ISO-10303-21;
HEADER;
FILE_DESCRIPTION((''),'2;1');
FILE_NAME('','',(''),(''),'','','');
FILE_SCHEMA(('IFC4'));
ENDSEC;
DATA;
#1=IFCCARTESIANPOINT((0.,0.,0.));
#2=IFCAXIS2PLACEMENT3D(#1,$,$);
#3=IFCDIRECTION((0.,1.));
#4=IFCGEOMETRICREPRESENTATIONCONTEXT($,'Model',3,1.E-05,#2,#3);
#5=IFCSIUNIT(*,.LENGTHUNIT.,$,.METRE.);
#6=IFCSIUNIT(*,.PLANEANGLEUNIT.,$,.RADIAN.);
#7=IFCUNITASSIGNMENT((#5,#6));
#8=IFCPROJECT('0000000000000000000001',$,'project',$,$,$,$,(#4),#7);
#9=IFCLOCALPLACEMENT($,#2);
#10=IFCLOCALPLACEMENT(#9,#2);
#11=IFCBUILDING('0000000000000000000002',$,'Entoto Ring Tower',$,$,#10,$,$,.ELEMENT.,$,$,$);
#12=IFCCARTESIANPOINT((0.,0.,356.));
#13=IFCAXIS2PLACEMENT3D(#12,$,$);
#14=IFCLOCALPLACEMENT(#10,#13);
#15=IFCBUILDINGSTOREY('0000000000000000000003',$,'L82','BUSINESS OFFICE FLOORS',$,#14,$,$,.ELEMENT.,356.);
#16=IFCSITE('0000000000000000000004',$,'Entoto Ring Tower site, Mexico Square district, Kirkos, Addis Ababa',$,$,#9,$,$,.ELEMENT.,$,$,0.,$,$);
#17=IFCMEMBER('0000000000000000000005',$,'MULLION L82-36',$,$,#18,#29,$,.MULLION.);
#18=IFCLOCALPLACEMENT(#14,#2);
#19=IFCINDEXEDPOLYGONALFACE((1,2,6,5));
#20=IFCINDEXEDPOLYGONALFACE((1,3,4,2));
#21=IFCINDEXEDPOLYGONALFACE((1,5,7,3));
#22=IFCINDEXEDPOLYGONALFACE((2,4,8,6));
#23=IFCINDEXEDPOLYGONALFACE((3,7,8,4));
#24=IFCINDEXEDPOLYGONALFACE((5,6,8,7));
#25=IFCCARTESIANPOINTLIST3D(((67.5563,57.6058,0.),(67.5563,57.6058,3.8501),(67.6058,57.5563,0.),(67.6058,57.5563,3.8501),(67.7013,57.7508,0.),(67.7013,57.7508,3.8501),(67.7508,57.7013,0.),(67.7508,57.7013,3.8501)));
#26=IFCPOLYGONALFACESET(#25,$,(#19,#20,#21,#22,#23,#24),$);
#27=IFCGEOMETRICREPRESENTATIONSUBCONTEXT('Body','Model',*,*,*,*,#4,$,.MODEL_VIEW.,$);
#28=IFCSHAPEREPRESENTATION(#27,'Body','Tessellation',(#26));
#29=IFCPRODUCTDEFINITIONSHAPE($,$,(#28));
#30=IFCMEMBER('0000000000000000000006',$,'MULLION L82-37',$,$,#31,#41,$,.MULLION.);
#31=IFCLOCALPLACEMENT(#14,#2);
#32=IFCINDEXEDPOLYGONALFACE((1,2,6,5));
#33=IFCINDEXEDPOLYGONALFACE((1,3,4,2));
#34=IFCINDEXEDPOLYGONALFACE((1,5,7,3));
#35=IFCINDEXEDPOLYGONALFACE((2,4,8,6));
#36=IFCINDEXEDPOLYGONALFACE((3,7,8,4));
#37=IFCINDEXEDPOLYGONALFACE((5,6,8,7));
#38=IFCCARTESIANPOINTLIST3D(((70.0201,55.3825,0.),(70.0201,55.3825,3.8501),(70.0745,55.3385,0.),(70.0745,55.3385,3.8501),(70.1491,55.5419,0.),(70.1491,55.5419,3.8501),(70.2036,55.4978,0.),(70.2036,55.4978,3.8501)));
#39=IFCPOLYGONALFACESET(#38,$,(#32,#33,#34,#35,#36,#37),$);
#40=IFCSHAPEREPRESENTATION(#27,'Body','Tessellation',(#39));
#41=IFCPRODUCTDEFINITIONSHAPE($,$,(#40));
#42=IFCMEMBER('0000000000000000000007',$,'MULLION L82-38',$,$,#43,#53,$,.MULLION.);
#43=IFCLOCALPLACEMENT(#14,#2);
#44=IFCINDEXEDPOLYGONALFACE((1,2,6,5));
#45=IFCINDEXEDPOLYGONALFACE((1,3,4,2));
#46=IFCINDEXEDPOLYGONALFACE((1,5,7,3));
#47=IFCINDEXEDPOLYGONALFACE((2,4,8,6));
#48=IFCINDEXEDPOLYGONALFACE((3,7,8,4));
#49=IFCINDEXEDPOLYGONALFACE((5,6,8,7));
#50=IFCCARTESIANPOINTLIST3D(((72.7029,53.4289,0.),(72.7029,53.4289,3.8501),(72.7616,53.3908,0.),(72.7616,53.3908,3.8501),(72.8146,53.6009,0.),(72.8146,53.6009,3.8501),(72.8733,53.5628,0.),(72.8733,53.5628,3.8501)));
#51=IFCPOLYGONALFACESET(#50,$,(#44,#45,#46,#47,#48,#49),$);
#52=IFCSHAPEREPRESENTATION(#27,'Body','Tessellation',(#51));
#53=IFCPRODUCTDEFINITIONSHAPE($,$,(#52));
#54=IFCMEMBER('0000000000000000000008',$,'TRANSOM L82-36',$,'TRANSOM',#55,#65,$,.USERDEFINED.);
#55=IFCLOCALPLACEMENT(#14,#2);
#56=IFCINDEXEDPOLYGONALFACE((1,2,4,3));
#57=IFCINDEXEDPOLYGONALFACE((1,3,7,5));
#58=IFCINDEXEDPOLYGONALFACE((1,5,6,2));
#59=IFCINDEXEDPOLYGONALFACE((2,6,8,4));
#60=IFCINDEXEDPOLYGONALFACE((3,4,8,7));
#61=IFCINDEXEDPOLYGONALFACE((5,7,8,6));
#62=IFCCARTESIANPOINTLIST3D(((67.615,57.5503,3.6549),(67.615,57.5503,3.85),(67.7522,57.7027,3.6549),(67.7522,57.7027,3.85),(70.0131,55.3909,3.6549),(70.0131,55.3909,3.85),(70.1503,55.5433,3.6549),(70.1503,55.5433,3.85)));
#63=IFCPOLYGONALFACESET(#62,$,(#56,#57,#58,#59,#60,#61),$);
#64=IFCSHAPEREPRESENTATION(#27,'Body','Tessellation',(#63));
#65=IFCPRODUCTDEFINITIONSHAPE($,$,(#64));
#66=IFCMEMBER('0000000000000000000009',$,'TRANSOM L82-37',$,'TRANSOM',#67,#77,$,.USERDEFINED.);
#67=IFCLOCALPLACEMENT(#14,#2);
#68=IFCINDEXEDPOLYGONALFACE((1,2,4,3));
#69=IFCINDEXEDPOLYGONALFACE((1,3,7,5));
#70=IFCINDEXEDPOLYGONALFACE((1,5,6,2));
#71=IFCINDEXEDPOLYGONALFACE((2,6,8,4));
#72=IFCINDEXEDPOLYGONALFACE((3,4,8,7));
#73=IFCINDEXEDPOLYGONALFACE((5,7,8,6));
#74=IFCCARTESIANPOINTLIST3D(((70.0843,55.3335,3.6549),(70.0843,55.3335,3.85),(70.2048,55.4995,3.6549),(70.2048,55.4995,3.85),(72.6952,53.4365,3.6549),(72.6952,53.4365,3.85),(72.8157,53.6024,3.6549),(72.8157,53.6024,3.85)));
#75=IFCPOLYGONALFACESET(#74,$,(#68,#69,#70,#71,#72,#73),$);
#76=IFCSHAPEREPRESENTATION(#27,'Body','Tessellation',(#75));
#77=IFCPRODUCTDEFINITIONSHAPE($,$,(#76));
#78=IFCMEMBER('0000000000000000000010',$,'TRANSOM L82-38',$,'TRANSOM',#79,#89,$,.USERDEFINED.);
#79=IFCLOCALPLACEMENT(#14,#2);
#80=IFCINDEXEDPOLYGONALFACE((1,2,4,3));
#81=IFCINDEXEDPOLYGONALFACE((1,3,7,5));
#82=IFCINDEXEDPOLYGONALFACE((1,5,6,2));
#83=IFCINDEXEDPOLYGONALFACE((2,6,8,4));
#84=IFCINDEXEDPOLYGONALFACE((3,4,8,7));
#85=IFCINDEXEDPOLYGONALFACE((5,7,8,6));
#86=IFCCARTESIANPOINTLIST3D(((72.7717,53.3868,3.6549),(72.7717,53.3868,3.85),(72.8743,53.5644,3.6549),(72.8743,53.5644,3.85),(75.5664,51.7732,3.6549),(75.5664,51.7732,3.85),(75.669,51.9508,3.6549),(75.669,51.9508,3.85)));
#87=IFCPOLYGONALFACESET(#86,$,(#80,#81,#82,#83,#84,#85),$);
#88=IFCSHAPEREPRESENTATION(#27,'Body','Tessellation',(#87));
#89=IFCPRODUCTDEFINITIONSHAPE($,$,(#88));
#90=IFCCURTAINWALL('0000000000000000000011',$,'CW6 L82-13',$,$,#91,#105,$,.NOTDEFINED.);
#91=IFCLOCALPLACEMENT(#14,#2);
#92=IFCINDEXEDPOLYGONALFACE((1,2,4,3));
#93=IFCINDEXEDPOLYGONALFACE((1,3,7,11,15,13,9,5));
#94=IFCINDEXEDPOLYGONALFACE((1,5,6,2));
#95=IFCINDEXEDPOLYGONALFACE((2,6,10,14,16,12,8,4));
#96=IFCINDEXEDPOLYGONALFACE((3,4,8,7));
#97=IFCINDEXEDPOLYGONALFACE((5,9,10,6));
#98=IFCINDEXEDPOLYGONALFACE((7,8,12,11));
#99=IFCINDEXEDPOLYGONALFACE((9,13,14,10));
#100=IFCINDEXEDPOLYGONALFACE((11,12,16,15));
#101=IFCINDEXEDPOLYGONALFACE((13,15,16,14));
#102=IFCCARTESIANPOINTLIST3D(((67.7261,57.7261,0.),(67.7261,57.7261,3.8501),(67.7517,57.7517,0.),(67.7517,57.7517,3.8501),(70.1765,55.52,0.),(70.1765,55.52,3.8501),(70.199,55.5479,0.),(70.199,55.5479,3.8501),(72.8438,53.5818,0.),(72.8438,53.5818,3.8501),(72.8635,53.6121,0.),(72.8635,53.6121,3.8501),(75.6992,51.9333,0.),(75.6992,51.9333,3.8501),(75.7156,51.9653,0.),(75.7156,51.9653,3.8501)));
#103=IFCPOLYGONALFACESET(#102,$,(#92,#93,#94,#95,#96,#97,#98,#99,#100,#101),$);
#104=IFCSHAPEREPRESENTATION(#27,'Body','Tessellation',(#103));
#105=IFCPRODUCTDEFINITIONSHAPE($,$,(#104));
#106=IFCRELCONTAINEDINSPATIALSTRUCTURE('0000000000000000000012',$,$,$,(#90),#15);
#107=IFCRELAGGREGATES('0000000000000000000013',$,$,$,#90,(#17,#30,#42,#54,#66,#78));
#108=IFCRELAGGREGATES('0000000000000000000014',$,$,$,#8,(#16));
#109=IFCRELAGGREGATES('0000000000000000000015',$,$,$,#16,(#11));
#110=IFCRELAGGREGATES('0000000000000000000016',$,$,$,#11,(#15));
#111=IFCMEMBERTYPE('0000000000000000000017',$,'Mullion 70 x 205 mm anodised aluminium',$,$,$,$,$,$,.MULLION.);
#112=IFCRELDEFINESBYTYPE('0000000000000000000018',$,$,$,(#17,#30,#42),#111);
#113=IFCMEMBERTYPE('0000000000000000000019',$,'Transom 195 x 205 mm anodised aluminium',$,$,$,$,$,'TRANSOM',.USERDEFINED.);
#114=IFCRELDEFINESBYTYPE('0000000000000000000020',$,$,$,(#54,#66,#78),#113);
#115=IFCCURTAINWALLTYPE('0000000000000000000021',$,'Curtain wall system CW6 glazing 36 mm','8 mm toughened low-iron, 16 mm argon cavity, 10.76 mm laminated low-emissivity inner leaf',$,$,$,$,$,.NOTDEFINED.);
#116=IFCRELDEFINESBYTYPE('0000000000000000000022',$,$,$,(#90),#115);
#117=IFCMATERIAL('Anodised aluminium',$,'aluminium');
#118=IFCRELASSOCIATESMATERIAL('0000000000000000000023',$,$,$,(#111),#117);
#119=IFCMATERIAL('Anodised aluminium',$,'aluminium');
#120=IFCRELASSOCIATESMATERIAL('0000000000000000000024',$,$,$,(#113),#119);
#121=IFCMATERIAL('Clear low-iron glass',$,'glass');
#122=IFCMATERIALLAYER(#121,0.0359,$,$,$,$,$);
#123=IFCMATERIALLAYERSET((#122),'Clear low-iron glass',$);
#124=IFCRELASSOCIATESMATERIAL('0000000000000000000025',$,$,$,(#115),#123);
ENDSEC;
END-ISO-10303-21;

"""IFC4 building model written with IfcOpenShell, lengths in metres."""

from ifc_helpers import new_model, si_unit, direction, frame, origin, origin_2d, place, context, subcontext, project, spatial, polyline, rectangle, outline, extrude, material, layer, layer_set, material_profile, profile_set, type_object, element, aggregate, save


model = new_model("IFC4")

# Units and contexts
model_context = context("Model", 3, precision=1e-05, world=origin(), true_north=direction((0.0, 1.0)))
body_context = subcontext(model_context, "Body", "Model", "MODEL_VIEW")
ifc_project = project(units=[si_unit("LENGTHUNIT", "METRE"), si_unit("PLANEANGLEUNIT", "RADIAN")], contexts=[model_context])

# Members
ifc_material_1 = material(Name="Anodised aluminium", Category="aluminium")
ifc_material_profile_1 = material_profile(ifc_material_1, rectangle(XDim=0.0701, YDim=0.2051, at=origin_2d()), Name="Mullion 70 x 205 mm anodised aluminium")
ifc_profile_set_1 = profile_set([ifc_material_profile_1], Name="Anodised aluminium")
member_type_1 = type_object("IfcMemberType", Name="Mullion 70 x 205 mm anodised aluminium", PredefinedType="MULLION", material=ifc_profile_set_1)
site_placement = place(None, origin())
building_placement = place(site_placement, origin())
storey_placement = place(building_placement, frame((0.0, 0.0, 356.0)))
member_1_placement = place(storey_placement, frame((67.6536, 57.6536, 0.0), z_axis=(0.0, 0.0, 1.0), x_axis=(0.707107, -0.707107, 0.0)))
member_1 = element("IfcMember", 1, at=member_1_placement, type_object=member_type_1, Name="MULLION L82-36", PredefinedType="MULLION", context=body_context, shape_type="SweptSolid", body=[
    extrude(rectangle(XDim=0.0701, YDim=0.2051, at=origin_2d()), origin(), (0.0, 0.0, 1.0), 3.8501),
])
member_2_placement = place(storey_placement, frame((70.1118, 55.4402, 0.0), z_axis=(0.0, 0.0, 1.0), x_axis=(0.777146, -0.62932, 0.0)))
member_2 = element("IfcMember", 2, at=member_2_placement, type_object=member_type_1, Name="MULLION L82-37", PredefinedType="MULLION", context=body_context, shape_type="SweptSolid", body=[
    extrude(rectangle(XDim=0.0701, YDim=0.2051, at=origin_2d()), origin(), (0.0, 0.0, 1.0), 3.8501),
])
member_3_placement = place(storey_placement, frame((72.7881, 53.4958, 0.0), z_axis=(0.0, 0.0, 1.0), x_axis=(0.838671, -0.544639, 0.0)))
member_3 = element("IfcMember", 3, at=member_3_placement, type_object=member_type_1, Name="MULLION L82-38", PredefinedType="MULLION", context=body_context, shape_type="SweptSolid", body=[
    extrude(rectangle(XDim=0.0701, YDim=0.2051, at=origin_2d()), origin(), (0.0, 0.0, 1.0), 3.8501),
])
ifc_material_2 = material(Name="Anodised aluminium", Category="aluminium")
ifc_material_profile_2 = material_profile(ifc_material_2, rectangle(XDim=0.2051, YDim=0.1951, at=origin_2d()), Name="Transom 195 x 205 mm anodised aluminium")
ifc_profile_set_2 = profile_set([ifc_material_profile_2], Name="Anodised aluminium")
member_type_2 = type_object("IfcMemberType", Name="Transom 195 x 205 mm anodised aluminium", ElementType="TRANSOM", PredefinedType="USERDEFINED", material=ifc_profile_set_2)
member_4_placement = place(storey_placement, frame((67.6836, 57.6265, 3.7524), z_axis=(0.743132, -0.669144, 0.0), x_axis=(0.669144, 0.743132, 0.0)))
member_4 = element("IfcMember", 4, at=member_4_placement, type_object=member_type_2, Name="TRANSOM L82-36", ObjectType="TRANSOM", PredefinedType="USERDEFINED", context=body_context, shape_type="SweptSolid", body=[
    extrude(rectangle(XDim=0.2051, YDim=0.1951, at=origin_2d()), origin(), (0.0, 0.0, 1.0), 3.2271),
])
member_5_placement = place(storey_placement, frame((70.1445, 55.4165, 3.7524), z_axis=(0.809004, -0.587803, 0.0), x_axis=(0.587803, 0.809004, 0.0)))
member_5 = element("IfcMember", 5, at=member_5_placement, type_object=member_type_2, Name="TRANSOM L82-37", ObjectType="TRANSOM", PredefinedType="USERDEFINED", context=body_context, shape_type="SweptSolid", body=[
    extrude(rectangle(XDim=0.2051, YDim=0.1951, at=origin_2d()), origin(), (0.0, 0.0, 1.0), 3.2273),
])
member_6_placement = place(storey_placement, frame((72.823, 53.4756, 3.7524), z_axis=(0.866023, -0.500004, 0.0), x_axis=(0.500004, 0.866023, 0.0)))
member_6 = element("IfcMember", 6, at=member_6_placement, type_object=member_type_2, Name="TRANSOM L82-38", ObjectType="TRANSOM", PredefinedType="USERDEFINED", context=body_context, shape_type="SweptSolid", body=[
    extrude(rectangle(XDim=0.2051, YDim=0.1951, at=origin_2d()), origin(), (0.0, 0.0, 1.0), 3.2271),
])

# Site, building, storey
site = spatial("IfcSite", under=ifc_project, at=site_placement, Name="Entoto Ring Tower site, Mexico Square district, Kirkos, Addis Ababa", CompositionType="ELEMENT", RefElevation=0.0)
building = spatial("IfcBuilding", under=site, at=building_placement, Name="Entoto Ring Tower", CompositionType="ELEMENT")
storey = spatial("IfcBuildingStorey", under=building, at=storey_placement, Name="L82", Description="BUSINESS OFFICE FLOORS", CompositionType="ELEMENT", Elevation=356.0)

# Curtain wall
ifc_material_3 = material(Name="Clear low-iron glass", Category="glass")
ifc_layer = layer(ifc_material_3, 0.0359)
ifc_layer_set = layer_set([ifc_layer], Name="Clear low-iron glass")
curtain_wall_type = type_object("IfcCurtainWallType", Name="Curtain wall system CW6 glazing 36 mm", Description="8 mm toughened low-iron, 16 mm argon cavity, 10.76 mm laminated low-emissivity inner leaf", PredefinedType="NOTDEFINED", material=ifc_layer_set)
curtain_wall_1_placement = place(storey_placement, origin())
curtain_wall_1 = element("IfcCurtainWall", 7, at=curtain_wall_1_placement, inside=storey, type_object=curtain_wall_type, Name="CW6 L82-13", PredefinedType="NOTDEFINED", context=body_context, shape_type="SweptSolid", body=[
    extrude(outline(polyline([(67.7261, 57.7261), (70.1765, 55.52), (72.8438, 53.5818), (75.6992, 51.9333), (75.7156, 51.9653), (72.8635, 53.6121), (70.199, 55.5479), (67.7517, 57.7517), (67.7261, 57.7261)])), origin(), (0.0, 0.0, 1.0), 3.8501),
])
aggregate(curtain_wall_1, [member_1, member_2, member_3, member_4, member_5, member_6])

save(model, "model.ifc")
